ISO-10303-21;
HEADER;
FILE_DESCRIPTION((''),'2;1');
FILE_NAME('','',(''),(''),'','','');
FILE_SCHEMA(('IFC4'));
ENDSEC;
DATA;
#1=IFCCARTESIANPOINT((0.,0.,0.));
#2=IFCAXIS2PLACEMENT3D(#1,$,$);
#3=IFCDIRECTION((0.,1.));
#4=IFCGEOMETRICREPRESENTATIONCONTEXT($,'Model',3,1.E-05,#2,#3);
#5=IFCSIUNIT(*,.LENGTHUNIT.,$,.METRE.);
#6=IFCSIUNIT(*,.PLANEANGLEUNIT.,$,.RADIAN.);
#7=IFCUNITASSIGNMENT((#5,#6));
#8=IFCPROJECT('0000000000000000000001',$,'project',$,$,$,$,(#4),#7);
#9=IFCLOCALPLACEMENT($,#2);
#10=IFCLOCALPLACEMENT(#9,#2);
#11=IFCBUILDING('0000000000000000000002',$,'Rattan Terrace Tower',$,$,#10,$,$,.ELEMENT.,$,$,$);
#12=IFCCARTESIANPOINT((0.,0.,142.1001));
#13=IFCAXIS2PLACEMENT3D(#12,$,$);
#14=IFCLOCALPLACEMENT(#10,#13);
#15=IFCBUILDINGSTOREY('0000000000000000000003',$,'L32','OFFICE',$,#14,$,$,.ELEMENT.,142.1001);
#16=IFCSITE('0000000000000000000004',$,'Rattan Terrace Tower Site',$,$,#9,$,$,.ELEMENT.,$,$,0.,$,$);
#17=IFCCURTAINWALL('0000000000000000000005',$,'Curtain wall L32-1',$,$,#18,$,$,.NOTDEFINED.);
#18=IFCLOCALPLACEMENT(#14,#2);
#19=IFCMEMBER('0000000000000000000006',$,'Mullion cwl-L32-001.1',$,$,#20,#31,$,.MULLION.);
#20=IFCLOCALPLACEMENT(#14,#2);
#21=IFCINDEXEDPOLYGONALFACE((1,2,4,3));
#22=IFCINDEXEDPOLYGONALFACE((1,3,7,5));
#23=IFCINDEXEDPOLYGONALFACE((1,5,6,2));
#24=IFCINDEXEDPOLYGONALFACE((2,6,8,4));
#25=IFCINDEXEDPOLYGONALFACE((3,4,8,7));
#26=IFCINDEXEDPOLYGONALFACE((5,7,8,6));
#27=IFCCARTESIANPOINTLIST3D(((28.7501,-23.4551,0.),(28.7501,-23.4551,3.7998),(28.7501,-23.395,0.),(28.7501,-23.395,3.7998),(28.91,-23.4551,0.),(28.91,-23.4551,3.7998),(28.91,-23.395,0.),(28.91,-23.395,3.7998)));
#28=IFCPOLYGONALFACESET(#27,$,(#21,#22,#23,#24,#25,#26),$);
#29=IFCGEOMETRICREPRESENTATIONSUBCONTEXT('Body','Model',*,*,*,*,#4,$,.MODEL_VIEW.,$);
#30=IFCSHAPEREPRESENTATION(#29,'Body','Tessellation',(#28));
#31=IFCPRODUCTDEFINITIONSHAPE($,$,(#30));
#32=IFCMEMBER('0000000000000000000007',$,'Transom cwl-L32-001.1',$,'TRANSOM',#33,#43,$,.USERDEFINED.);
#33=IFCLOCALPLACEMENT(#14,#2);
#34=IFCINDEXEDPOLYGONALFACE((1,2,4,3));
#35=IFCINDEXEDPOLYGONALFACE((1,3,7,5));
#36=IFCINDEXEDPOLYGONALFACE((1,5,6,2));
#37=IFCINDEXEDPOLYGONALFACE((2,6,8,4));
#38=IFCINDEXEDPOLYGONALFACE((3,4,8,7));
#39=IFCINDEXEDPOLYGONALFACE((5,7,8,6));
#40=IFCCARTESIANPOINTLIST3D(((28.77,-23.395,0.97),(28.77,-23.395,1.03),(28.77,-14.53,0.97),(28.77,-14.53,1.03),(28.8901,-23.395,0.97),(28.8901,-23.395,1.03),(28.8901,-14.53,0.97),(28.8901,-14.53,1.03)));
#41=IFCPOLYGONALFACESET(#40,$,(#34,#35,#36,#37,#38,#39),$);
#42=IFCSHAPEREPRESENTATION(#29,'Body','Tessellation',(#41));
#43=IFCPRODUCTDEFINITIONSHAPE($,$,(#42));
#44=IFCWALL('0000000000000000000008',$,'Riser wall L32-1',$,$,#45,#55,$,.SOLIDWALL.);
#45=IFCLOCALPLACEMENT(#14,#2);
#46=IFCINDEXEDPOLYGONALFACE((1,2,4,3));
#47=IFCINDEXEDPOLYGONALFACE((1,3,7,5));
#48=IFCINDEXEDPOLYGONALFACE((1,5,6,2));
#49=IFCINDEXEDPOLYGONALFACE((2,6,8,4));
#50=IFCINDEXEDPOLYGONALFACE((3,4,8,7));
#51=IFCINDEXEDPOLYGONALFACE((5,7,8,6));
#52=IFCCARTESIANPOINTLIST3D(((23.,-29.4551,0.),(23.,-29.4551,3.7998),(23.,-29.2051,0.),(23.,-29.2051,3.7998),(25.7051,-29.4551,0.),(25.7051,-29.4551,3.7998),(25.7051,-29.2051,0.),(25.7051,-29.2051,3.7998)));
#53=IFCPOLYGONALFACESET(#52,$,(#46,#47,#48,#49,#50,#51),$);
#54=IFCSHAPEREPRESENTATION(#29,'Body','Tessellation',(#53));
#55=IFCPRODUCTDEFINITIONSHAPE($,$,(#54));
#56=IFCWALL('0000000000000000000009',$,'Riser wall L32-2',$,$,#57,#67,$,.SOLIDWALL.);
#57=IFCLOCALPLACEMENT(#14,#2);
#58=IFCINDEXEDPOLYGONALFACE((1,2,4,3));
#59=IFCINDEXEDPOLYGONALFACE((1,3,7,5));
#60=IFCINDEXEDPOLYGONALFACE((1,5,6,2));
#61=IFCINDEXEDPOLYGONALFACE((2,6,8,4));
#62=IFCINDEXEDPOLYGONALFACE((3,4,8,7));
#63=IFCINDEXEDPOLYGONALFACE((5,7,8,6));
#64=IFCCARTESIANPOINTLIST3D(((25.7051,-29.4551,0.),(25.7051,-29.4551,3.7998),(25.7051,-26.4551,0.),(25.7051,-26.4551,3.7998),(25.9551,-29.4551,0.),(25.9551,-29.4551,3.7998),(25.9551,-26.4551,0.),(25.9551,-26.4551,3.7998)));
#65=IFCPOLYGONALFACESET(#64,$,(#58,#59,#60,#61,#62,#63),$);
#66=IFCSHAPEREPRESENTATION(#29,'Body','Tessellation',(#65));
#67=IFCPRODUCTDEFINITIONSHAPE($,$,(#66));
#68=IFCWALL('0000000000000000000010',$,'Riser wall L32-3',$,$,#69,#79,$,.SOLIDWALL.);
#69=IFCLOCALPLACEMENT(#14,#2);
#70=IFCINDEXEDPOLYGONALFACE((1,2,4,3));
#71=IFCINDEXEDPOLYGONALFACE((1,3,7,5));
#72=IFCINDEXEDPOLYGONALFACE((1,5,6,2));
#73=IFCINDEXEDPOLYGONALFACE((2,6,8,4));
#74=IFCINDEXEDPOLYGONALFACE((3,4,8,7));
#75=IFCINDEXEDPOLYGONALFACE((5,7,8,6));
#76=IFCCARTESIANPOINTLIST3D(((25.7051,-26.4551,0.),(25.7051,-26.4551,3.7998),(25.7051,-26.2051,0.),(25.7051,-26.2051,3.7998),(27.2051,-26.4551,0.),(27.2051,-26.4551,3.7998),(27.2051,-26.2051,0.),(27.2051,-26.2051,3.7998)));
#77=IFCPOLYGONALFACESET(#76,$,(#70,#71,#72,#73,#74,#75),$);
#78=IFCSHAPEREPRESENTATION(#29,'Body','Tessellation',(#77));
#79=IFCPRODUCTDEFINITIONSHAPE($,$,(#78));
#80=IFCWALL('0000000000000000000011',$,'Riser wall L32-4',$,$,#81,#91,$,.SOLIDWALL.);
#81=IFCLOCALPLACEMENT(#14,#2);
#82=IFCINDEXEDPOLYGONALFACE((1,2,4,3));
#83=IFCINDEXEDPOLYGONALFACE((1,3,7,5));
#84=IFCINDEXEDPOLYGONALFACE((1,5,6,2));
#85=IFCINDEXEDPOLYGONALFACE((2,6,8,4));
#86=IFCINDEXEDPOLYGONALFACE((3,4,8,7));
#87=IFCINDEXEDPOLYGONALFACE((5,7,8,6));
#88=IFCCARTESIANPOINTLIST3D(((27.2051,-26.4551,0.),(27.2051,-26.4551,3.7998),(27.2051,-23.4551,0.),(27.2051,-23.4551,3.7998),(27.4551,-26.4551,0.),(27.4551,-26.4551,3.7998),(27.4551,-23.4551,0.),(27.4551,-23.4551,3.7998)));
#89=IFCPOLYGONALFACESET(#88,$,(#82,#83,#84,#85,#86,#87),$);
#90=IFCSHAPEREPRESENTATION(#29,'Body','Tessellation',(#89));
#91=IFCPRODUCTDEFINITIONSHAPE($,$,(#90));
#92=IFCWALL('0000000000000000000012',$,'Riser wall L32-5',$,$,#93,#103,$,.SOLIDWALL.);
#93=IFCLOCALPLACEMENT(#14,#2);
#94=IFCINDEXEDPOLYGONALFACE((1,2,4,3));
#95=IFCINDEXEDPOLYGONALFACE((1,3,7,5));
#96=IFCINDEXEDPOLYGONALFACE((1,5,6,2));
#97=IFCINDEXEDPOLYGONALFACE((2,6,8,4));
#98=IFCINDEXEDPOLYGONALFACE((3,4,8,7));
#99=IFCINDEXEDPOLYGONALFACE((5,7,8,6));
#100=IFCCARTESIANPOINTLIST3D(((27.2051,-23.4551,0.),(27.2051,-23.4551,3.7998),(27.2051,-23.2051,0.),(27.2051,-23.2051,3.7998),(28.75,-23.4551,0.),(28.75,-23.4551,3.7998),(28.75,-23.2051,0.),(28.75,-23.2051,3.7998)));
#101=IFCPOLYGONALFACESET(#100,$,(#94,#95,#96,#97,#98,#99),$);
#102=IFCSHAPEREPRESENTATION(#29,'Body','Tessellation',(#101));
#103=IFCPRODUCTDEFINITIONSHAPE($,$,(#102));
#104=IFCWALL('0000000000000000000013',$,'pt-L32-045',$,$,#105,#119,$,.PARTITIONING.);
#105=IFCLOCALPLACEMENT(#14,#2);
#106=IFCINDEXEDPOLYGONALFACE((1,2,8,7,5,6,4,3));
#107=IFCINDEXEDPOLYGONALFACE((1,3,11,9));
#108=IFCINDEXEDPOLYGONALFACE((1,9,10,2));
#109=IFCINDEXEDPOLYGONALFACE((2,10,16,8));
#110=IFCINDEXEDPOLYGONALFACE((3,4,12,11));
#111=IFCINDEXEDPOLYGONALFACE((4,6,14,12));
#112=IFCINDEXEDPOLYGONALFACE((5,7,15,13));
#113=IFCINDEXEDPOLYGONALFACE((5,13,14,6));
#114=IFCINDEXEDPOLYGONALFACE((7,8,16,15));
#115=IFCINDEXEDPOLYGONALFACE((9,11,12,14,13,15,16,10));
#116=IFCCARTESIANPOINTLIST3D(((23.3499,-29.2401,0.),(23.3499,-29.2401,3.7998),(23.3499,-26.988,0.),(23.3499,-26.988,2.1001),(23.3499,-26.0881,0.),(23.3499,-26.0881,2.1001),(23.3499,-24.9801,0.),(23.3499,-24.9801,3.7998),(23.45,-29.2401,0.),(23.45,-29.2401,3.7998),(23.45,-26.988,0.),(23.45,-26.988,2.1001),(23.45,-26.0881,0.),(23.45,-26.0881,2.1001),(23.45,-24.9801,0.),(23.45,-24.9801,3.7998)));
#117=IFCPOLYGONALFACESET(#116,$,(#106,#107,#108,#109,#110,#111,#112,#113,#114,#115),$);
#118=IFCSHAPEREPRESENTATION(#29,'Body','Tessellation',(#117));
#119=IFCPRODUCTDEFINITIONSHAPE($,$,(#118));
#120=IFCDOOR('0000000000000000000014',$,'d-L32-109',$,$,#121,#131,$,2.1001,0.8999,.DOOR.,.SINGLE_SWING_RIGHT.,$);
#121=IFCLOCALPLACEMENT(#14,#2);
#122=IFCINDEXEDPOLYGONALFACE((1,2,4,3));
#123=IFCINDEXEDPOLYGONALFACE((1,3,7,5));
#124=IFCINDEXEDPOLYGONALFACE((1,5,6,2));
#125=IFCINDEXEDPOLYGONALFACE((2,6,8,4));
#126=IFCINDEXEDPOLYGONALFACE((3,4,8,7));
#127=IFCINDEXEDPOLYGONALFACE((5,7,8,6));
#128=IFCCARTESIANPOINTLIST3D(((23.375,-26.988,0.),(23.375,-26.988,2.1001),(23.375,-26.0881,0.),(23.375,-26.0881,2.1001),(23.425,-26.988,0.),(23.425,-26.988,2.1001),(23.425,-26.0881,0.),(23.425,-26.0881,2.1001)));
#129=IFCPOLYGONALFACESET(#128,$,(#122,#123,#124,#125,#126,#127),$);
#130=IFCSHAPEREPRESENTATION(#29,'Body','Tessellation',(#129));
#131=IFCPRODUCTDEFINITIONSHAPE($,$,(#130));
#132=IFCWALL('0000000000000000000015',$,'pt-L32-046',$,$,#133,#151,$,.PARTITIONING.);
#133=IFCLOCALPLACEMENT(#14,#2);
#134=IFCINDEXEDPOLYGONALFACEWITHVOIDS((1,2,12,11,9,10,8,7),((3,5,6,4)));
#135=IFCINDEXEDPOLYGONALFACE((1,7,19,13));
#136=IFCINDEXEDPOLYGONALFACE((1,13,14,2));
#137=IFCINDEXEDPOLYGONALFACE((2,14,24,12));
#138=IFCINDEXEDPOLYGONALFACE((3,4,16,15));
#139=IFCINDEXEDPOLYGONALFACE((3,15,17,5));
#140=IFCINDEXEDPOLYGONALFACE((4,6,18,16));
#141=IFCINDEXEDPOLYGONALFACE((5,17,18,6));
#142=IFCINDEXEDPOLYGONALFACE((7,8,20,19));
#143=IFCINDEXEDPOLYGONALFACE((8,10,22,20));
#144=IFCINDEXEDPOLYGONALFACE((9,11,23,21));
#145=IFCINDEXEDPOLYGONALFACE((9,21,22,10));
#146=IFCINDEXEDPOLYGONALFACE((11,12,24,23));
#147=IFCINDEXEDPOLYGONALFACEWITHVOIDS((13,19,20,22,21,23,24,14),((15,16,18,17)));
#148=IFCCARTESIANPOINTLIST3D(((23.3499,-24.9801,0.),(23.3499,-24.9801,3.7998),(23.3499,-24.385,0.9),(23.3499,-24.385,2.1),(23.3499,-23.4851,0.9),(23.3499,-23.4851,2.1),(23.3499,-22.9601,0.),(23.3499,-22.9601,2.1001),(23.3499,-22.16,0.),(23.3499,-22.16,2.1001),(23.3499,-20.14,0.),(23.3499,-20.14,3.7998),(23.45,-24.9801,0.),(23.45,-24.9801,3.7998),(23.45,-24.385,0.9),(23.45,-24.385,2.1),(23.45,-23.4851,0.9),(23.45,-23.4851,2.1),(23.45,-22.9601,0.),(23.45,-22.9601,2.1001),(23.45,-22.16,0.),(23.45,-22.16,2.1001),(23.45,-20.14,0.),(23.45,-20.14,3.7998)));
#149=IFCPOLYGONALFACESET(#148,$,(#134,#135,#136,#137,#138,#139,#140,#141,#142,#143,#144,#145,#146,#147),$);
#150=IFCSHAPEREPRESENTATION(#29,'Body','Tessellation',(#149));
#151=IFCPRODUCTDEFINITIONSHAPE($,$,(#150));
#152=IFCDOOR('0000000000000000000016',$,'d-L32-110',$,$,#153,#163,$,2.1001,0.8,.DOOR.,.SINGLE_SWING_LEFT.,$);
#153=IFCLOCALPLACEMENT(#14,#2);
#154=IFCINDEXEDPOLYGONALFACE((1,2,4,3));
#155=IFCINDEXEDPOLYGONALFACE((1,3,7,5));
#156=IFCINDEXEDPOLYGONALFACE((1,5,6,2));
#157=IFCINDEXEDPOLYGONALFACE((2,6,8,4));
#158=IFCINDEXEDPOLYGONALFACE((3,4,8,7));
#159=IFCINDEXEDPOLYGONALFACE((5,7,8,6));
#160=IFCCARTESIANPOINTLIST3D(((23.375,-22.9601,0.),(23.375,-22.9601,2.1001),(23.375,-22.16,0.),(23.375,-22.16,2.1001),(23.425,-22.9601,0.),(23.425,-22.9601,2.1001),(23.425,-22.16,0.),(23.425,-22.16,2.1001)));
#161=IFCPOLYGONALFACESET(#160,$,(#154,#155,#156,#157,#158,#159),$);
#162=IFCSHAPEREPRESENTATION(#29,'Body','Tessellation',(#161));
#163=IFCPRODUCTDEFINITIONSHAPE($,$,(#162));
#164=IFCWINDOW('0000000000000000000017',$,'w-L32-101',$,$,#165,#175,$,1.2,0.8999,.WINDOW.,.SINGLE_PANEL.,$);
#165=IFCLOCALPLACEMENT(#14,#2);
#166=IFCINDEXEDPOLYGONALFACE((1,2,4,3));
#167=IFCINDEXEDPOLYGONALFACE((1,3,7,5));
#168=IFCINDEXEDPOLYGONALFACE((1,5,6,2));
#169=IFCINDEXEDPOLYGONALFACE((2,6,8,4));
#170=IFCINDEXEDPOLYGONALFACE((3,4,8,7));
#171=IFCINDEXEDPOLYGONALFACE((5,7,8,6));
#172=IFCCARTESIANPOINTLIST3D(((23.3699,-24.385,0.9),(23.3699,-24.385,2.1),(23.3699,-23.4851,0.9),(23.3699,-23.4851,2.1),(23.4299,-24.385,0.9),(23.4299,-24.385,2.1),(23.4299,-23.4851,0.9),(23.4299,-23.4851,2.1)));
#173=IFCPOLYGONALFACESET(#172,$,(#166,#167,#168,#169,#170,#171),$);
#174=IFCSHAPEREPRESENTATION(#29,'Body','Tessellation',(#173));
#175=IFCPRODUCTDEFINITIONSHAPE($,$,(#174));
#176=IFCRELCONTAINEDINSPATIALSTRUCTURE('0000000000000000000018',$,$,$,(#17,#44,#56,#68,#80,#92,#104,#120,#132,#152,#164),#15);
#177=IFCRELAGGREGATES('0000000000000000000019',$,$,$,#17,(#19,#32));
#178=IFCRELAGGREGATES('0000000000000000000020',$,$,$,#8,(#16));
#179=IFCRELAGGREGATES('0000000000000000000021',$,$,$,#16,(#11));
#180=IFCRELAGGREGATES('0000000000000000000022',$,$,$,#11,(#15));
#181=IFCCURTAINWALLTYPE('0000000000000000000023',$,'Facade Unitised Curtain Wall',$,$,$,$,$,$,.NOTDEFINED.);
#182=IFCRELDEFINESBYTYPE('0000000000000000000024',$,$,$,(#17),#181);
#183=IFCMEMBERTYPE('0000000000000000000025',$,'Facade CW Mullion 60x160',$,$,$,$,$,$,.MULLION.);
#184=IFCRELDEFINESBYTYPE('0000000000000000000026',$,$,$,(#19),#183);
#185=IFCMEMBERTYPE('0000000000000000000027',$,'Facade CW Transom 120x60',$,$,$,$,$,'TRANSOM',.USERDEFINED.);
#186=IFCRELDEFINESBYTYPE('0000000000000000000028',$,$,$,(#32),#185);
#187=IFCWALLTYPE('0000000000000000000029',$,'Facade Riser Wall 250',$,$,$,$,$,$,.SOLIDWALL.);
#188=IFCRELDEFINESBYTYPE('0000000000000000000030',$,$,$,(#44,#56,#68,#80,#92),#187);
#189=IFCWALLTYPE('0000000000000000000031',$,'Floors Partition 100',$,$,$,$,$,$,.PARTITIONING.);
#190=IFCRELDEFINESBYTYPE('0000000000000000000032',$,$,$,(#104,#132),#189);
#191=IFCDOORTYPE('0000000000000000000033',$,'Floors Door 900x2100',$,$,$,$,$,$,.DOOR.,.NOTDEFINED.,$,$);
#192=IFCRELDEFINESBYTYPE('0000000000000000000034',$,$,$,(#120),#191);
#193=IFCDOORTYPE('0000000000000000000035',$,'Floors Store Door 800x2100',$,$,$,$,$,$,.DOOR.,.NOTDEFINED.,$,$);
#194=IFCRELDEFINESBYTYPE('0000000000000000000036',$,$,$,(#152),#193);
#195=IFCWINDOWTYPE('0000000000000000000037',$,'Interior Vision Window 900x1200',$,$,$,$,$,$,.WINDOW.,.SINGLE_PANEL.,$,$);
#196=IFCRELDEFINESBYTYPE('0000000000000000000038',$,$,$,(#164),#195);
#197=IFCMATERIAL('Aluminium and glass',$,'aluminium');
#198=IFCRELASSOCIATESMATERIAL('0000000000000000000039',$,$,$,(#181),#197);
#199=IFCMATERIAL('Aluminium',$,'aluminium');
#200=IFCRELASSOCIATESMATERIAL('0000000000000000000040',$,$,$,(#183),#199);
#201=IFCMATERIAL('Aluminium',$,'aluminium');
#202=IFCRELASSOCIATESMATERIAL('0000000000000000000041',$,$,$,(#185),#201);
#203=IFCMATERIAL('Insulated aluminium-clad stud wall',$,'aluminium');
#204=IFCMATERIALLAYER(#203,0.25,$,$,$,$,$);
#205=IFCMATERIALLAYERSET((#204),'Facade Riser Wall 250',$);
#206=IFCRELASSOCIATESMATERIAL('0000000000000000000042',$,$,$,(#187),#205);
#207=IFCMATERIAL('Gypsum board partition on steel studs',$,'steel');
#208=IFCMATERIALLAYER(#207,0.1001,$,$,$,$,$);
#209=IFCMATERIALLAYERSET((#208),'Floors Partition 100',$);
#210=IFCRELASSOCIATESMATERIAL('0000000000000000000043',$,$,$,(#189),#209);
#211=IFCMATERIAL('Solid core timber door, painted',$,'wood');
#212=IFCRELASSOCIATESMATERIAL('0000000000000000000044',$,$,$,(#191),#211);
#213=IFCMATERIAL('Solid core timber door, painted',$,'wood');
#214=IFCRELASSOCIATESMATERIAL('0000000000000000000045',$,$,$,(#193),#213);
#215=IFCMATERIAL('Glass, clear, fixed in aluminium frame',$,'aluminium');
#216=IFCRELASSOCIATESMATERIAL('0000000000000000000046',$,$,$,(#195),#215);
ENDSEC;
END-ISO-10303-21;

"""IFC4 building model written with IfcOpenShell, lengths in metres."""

from ifc_helpers import new_model, si_unit, direction, frame, frame_2d, origin, origin_2d, place, context, subcontext, project, spatial, rectangle, extrude, material, layer, layer_set, material_profile, profile_set, type_object, element, fill, aggregate, save


model = new_model("IFC4")

# Units and contexts
model_context = context("Model", 3, precision=1e-05, world=origin(), true_north=direction((0.0, 1.0)))
body_context = subcontext(model_context, "Body", "Model", "MODEL_VIEW")
ifc_project = project(units=[si_unit("LENGTHUNIT", "METRE"), si_unit("PLANEANGLEUNIT", "RADIAN")], contexts=[model_context])

# Site, building, storey
site_placement = place(None, origin())
site = spatial("IfcSite", under=ifc_project, at=site_placement, Name="Rattan Terrace Tower Site", CompositionType="ELEMENT", RefElevation=0.0)
building_placement = place(site_placement, origin())
building = spatial("IfcBuilding", under=site, at=building_placement, Name="Rattan Terrace Tower", CompositionType="ELEMENT")
storey_placement = place(building_placement, frame((0.0, 0.0, 142.1001)))
storey = spatial("IfcBuildingStorey", under=building, at=storey_placement, Name="L32", Description="OFFICE", CompositionType="ELEMENT", Elevation=142.1001)

# Curtain wall, members
ifc_material_1 = material(Name="Aluminium and glass", Category="aluminium")
curtain_wall_type = type_object("IfcCurtainWallType", Name="Facade Unitised Curtain Wall", PredefinedType="NOTDEFINED", material=ifc_material_1)
curtain_wall_placement = place(storey_placement, origin())
curtain_wall = element("IfcCurtainWall", 1, at=curtain_wall_placement, inside=storey, type_object=curtain_wall_type, Name="Curtain wall L32-1", PredefinedType="NOTDEFINED")
ifc_material_2 = material(Name="Aluminium", Category="aluminium")
ifc_material_profile_1 = material_profile(ifc_material_2, rectangle(XDim=0.0601, YDim=0.1599, at=origin_2d()), Name="Aluminium 60x160")
ifc_profile_set_1 = profile_set([ifc_material_profile_1], Name="Aluminium")
member_type_1 = type_object("IfcMemberType", Name="Facade CW Mullion 60x160", PredefinedType="MULLION", material=ifc_profile_set_1)
member_1_placement = place(storey_placement, frame((28.8301, -23.425, 0.0), z_axis=(0.0, 0.0, 1.0), x_axis=(0.0, 1.0, 0.0)))
member_1 = element("IfcMember", 2, at=member_1_placement, type_object=member_type_1, Name="Mullion cwl-L32-001.1", PredefinedType="MULLION", context=body_context, shape_type="SweptSolid", body=[
    extrude(rectangle(XDim=0.0601, YDim=0.1599, at=origin_2d()), origin(), (0.0, 0.0, 1.0), 3.7998),
])
ifc_material_3 = material(Name="Aluminium", Category="aluminium")
ifc_material_profile_2 = material_profile(ifc_material_3, rectangle(XDim=0.1201, YDim=0.0601, at=origin_2d()), Name="Aluminium 120x60")
ifc_profile_set_2 = profile_set([ifc_material_profile_2], Name="Aluminium")
member_type_2 = type_object("IfcMemberType", Name="Facade CW Transom 120x60", ElementType="TRANSOM", PredefinedType="USERDEFINED", material=ifc_profile_set_2)
member_2_placement = place(storey_placement, frame((28.8301, -23.395, 1.0), z_axis=(0.0, 1.0, 0.0), x_axis=(-1.0, 0.0, 0.0)))
member_2 = element("IfcMember", 3, at=member_2_placement, type_object=member_type_2, Name="Transom cwl-L32-001.1", ObjectType="TRANSOM", PredefinedType="USERDEFINED", context=body_context, shape_type="SweptSolid", body=[
    extrude(rectangle(XDim=0.1201, YDim=0.0601, at=origin_2d()), origin(), (0.0, 0.0, 1.0), 8.865),
])
aggregate(curtain_wall, [member_1, member_2])

# Walls
ifc_material_4 = material(Name="Insulated aluminium-clad stud wall", Category="aluminium")
ifc_layer_1 = layer(ifc_material_4, 0.25)
ifc_layer_set_1 = layer_set([ifc_layer_1], Name="Facade Riser Wall 250")
wall_type_1 = type_object("IfcWallType", Name="Facade Riser Wall 250", PredefinedType="SOLIDWALL", material=ifc_layer_set_1)
wall_1_placement = place(storey_placement, frame((23.0, -29.3301, 0.0), z_axis=(0.0, 0.0, 1.0), x_axis=(1.0, 0.0, 0.0)))
element("IfcWall", 4, at=wall_1_placement, inside=storey, type_object=wall_type_1, Name="Riser wall L32-1", PredefinedType="SOLIDWALL", context=body_context, shape_type="SweptSolid", body=[
    extrude(rectangle(XDim=2.7051, YDim=0.25, at=frame_2d((1.3525, 0.0))), origin(), (0.0, 0.0, 1.0), 3.7998),
])
wall_2_placement = place(storey_placement, frame((25.8301, -29.4551, 0.0), z_axis=(0.0, 0.0, 1.0), x_axis=(0.0, 1.0, 0.0)))
element("IfcWall", 5, at=wall_2_placement, inside=storey, type_object=wall_type_1, Name="Riser wall L32-2", PredefinedType="SOLIDWALL", context=body_context, shape_type="SweptSolid", body=[
    extrude(rectangle(XDim=3.0, YDim=0.25, at=frame_2d((1.5, 0.0))), origin(), (0.0, 0.0, 1.0), 3.7998),
])
wall_3_placement = place(storey_placement, frame((25.7051, -26.3301, 0.0), z_axis=(0.0, 0.0, 1.0), x_axis=(1.0, 0.0, 0.0)))
element("IfcWall", 6, at=wall_3_placement, inside=storey, type_object=wall_type_1, Name="Riser wall L32-3", PredefinedType="SOLIDWALL", context=body_context, shape_type="SweptSolid", body=[
    extrude(rectangle(XDim=1.5, YDim=0.25, at=frame_2d((0.75, 0.0))), origin(), (0.0, 0.0, 1.0), 3.7998),
])
wall_4_placement = place(storey_placement, frame((27.3301, -26.4551, 0.0), z_axis=(0.0, 0.0, 1.0), x_axis=(0.0, 1.0, 0.0)))
element("IfcWall", 7, at=wall_4_placement, inside=storey, type_object=wall_type_1, Name="Riser wall L32-4", PredefinedType="SOLIDWALL", context=body_context, shape_type="SweptSolid", body=[
    extrude(rectangle(XDim=3.0, YDim=0.25, at=frame_2d((1.5, 0.0))), origin(), (0.0, 0.0, 1.0), 3.7998),
])
wall_5_placement = place(storey_placement, frame((27.2051, -23.3301, 0.0), z_axis=(0.0, 0.0, 1.0), x_axis=(1.0, 0.0, 0.0)))
element("IfcWall", 8, at=wall_5_placement, inside=storey, type_object=wall_type_1, Name="Riser wall L32-5", PredefinedType="SOLIDWALL", context=body_context, shape_type="SweptSolid", body=[
    extrude(rectangle(XDim=1.5449, YDim=0.25, at=frame_2d((0.7725, 0.0))), origin(), (0.0, 0.0, 1.0), 3.7998),
])

# Wall, opening, door
ifc_material_5 = material(Name="Gypsum board partition on steel studs", Category="steel")
ifc_layer_2 = layer(ifc_material_5, 0.1001)
ifc_layer_set_2 = layer_set([ifc_layer_2], Name="Floors Partition 100")
wall_type_2 = type_object("IfcWallType", Name="Floors Partition 100", PredefinedType="PARTITIONING", material=ifc_layer_set_2)
wall_6_placement = place(storey_placement, frame((23.3999, -29.24, 0.0), z_axis=(0.0, 0.0, 1.0), x_axis=(0.0, 1.0, 0.0)))
wall_6 = element("IfcWall", 9, at=wall_6_placement, inside=storey, type_object=wall_type_2, Name="pt-L32-045", PredefinedType="PARTITIONING", context=body_context, shape_type="SweptSolid", body=[
    extrude(rectangle(XDim=4.26, YDim=0.1001, at=frame_2d((2.1299, 0.0))), origin(), (0.0, 0.0, 1.0), 3.7998),
])
opening_1_placement = place(wall_6_placement, frame((2.252, 0.0, 0.0)))
opening_1 = element("IfcOpeningElement", 10, at=opening_1_placement, cuts=wall_6, PredefinedType="OPENING", context=body_context, shape_type="SweptSolid", body=[
    extrude(rectangle(XDim=0.8999, YDim=2.1001, at=frame_2d((0.45, 1.05))), frame((0.0, 0.0605, 0.0), z_axis=(0.0, -1.0, 0.0), x_axis=(1.0, 0.0, 0.0)), (0.0, 0.0, 1.0), 0.1211),
])
ifc_material_6 = material(Name="Solid core timber door, painted", Category="wood")
door_type_1 = type_object("IfcDoorType", Name="Floors Door 900x2100", OperationType="NOTDEFINED", PredefinedType="DOOR", material=ifc_material_6)
door_1_placement = place(opening_1_placement, origin())
door_1 = element("IfcDoor", 11, at=door_1_placement, inside=storey, type_object=door_type_1, Name="d-L32-109", OperationType="SINGLE_SWING_RIGHT", OverallHeight=2.1001, OverallWidth=0.8999, PredefinedType="DOOR", context=body_context, shape_type="SweptSolid", body=[
    extrude(rectangle(XDim=0.8999, YDim=2.1001, at=frame_2d((0.45, 1.05))), frame((0.0, 0.0249, 0.0), z_axis=(0.0, -1.0, 0.0), x_axis=(1.0, 0.0, 0.0)), (0.0, 0.0, 1.0), 0.05),
])
fill(opening_1, door_1)

# Wall, openings, door, window
wall_7_placement = place(storey_placement, frame((23.3999, -24.98, 0.0), z_axis=(0.0, 0.0, 1.0), x_axis=(0.0, 1.0, 0.0)))
wall_7 = element("IfcWall", 12, at=wall_7_placement, inside=storey, type_object=wall_type_2, Name="pt-L32-046", PredefinedType="PARTITIONING", context=body_context, shape_type="SweptSolid", body=[
    extrude(rectangle(XDim=4.8401, YDim=0.1001, at=frame_2d((2.4199, 0.0))), origin(), (0.0, 0.0, 1.0), 3.7998),
])
opening_2_placement = place(wall_7_placement, frame((2.02, 0.0, 0.0)))
opening_2 = element("IfcOpeningElement", 13, at=opening_2_placement, cuts=wall_7, PredefinedType="OPENING", context=body_context, shape_type="SweptSolid", body=[
    extrude(rectangle(XDim=0.8, YDim=2.1001, at=frame_2d((0.3999, 1.05))), frame((0.0, 0.0605, 0.0), z_axis=(0.0, -1.0, 0.0), x_axis=(1.0, 0.0, 0.0)), (0.0, 0.0, 1.0), 0.1211),
])
opening_3_placement = place(wall_7_placement, frame((0.595, 0.0, 0.8999)))
opening_3 = element("IfcOpeningElement", 14, at=opening_3_placement, cuts=wall_7, PredefinedType="OPENING", context=body_context, shape_type="SweptSolid", body=[
    extrude(rectangle(XDim=0.8999, YDim=1.2, at=frame_2d((0.45, 0.6001))), frame((0.0, 0.0605, 0.0), z_axis=(0.0, -1.0, 0.0), x_axis=(1.0, 0.0, 0.0)), (0.0, 0.0, 1.0), 0.1211),
])
ifc_material_7 = material(Name="Solid core timber door, painted", Category="wood")
door_type_2 = type_object("IfcDoorType", Name="Floors Store Door 800x2100", OperationType="NOTDEFINED", PredefinedType="DOOR", material=ifc_material_7)
door_2_placement = place(opening_2_placement, origin())
door_2 = element("IfcDoor", 15, at=door_2_placement, inside=storey, type_object=door_type_2, Name="d-L32-110", OperationType="SINGLE_SWING_LEFT", OverallHeight=2.1001, OverallWidth=0.8, PredefinedType="DOOR", context=body_context, shape_type="SweptSolid", body=[
    extrude(rectangle(XDim=0.8, YDim=2.1001, at=frame_2d((0.3999, 1.05))), frame((0.0, 0.0249, 0.0), z_axis=(0.0, -1.0, 0.0), x_axis=(1.0, 0.0, 0.0)), (0.0, 0.0, 1.0), 0.05),
])
fill(opening_2, door_2)
ifc_material_8 = material(Name="Glass, clear, fixed in aluminium frame", Category="aluminium")
window_type_1 = type_object("IfcWindowType", Name="Interior Vision Window 900x1200", PartitioningType="SINGLE_PANEL", PredefinedType="WINDOW", material=ifc_material_8)
window_1_placement = place(opening_3_placement, origin())
window_1 = element("IfcWindow", 16, at=window_1_placement, inside=storey, type_object=window_type_1, Name="w-L32-101", OverallHeight=1.2, OverallWidth=0.8999, PartitioningType="SINGLE_PANEL", PredefinedType="WINDOW", context=body_context, shape_type="SweptSolid", body=[
    extrude(rectangle(XDim=0.8999, YDim=1.2, at=frame_2d((0.45, 0.6001))), frame((0.0, 0.03, 0.0), z_axis=(0.0, -1.0, 0.0), x_axis=(1.0, 0.0, 0.0)), (0.0, 0.0, 1.0), 0.0601),
])
fill(opening_3, window_1)

save(model, "model.ifc")
